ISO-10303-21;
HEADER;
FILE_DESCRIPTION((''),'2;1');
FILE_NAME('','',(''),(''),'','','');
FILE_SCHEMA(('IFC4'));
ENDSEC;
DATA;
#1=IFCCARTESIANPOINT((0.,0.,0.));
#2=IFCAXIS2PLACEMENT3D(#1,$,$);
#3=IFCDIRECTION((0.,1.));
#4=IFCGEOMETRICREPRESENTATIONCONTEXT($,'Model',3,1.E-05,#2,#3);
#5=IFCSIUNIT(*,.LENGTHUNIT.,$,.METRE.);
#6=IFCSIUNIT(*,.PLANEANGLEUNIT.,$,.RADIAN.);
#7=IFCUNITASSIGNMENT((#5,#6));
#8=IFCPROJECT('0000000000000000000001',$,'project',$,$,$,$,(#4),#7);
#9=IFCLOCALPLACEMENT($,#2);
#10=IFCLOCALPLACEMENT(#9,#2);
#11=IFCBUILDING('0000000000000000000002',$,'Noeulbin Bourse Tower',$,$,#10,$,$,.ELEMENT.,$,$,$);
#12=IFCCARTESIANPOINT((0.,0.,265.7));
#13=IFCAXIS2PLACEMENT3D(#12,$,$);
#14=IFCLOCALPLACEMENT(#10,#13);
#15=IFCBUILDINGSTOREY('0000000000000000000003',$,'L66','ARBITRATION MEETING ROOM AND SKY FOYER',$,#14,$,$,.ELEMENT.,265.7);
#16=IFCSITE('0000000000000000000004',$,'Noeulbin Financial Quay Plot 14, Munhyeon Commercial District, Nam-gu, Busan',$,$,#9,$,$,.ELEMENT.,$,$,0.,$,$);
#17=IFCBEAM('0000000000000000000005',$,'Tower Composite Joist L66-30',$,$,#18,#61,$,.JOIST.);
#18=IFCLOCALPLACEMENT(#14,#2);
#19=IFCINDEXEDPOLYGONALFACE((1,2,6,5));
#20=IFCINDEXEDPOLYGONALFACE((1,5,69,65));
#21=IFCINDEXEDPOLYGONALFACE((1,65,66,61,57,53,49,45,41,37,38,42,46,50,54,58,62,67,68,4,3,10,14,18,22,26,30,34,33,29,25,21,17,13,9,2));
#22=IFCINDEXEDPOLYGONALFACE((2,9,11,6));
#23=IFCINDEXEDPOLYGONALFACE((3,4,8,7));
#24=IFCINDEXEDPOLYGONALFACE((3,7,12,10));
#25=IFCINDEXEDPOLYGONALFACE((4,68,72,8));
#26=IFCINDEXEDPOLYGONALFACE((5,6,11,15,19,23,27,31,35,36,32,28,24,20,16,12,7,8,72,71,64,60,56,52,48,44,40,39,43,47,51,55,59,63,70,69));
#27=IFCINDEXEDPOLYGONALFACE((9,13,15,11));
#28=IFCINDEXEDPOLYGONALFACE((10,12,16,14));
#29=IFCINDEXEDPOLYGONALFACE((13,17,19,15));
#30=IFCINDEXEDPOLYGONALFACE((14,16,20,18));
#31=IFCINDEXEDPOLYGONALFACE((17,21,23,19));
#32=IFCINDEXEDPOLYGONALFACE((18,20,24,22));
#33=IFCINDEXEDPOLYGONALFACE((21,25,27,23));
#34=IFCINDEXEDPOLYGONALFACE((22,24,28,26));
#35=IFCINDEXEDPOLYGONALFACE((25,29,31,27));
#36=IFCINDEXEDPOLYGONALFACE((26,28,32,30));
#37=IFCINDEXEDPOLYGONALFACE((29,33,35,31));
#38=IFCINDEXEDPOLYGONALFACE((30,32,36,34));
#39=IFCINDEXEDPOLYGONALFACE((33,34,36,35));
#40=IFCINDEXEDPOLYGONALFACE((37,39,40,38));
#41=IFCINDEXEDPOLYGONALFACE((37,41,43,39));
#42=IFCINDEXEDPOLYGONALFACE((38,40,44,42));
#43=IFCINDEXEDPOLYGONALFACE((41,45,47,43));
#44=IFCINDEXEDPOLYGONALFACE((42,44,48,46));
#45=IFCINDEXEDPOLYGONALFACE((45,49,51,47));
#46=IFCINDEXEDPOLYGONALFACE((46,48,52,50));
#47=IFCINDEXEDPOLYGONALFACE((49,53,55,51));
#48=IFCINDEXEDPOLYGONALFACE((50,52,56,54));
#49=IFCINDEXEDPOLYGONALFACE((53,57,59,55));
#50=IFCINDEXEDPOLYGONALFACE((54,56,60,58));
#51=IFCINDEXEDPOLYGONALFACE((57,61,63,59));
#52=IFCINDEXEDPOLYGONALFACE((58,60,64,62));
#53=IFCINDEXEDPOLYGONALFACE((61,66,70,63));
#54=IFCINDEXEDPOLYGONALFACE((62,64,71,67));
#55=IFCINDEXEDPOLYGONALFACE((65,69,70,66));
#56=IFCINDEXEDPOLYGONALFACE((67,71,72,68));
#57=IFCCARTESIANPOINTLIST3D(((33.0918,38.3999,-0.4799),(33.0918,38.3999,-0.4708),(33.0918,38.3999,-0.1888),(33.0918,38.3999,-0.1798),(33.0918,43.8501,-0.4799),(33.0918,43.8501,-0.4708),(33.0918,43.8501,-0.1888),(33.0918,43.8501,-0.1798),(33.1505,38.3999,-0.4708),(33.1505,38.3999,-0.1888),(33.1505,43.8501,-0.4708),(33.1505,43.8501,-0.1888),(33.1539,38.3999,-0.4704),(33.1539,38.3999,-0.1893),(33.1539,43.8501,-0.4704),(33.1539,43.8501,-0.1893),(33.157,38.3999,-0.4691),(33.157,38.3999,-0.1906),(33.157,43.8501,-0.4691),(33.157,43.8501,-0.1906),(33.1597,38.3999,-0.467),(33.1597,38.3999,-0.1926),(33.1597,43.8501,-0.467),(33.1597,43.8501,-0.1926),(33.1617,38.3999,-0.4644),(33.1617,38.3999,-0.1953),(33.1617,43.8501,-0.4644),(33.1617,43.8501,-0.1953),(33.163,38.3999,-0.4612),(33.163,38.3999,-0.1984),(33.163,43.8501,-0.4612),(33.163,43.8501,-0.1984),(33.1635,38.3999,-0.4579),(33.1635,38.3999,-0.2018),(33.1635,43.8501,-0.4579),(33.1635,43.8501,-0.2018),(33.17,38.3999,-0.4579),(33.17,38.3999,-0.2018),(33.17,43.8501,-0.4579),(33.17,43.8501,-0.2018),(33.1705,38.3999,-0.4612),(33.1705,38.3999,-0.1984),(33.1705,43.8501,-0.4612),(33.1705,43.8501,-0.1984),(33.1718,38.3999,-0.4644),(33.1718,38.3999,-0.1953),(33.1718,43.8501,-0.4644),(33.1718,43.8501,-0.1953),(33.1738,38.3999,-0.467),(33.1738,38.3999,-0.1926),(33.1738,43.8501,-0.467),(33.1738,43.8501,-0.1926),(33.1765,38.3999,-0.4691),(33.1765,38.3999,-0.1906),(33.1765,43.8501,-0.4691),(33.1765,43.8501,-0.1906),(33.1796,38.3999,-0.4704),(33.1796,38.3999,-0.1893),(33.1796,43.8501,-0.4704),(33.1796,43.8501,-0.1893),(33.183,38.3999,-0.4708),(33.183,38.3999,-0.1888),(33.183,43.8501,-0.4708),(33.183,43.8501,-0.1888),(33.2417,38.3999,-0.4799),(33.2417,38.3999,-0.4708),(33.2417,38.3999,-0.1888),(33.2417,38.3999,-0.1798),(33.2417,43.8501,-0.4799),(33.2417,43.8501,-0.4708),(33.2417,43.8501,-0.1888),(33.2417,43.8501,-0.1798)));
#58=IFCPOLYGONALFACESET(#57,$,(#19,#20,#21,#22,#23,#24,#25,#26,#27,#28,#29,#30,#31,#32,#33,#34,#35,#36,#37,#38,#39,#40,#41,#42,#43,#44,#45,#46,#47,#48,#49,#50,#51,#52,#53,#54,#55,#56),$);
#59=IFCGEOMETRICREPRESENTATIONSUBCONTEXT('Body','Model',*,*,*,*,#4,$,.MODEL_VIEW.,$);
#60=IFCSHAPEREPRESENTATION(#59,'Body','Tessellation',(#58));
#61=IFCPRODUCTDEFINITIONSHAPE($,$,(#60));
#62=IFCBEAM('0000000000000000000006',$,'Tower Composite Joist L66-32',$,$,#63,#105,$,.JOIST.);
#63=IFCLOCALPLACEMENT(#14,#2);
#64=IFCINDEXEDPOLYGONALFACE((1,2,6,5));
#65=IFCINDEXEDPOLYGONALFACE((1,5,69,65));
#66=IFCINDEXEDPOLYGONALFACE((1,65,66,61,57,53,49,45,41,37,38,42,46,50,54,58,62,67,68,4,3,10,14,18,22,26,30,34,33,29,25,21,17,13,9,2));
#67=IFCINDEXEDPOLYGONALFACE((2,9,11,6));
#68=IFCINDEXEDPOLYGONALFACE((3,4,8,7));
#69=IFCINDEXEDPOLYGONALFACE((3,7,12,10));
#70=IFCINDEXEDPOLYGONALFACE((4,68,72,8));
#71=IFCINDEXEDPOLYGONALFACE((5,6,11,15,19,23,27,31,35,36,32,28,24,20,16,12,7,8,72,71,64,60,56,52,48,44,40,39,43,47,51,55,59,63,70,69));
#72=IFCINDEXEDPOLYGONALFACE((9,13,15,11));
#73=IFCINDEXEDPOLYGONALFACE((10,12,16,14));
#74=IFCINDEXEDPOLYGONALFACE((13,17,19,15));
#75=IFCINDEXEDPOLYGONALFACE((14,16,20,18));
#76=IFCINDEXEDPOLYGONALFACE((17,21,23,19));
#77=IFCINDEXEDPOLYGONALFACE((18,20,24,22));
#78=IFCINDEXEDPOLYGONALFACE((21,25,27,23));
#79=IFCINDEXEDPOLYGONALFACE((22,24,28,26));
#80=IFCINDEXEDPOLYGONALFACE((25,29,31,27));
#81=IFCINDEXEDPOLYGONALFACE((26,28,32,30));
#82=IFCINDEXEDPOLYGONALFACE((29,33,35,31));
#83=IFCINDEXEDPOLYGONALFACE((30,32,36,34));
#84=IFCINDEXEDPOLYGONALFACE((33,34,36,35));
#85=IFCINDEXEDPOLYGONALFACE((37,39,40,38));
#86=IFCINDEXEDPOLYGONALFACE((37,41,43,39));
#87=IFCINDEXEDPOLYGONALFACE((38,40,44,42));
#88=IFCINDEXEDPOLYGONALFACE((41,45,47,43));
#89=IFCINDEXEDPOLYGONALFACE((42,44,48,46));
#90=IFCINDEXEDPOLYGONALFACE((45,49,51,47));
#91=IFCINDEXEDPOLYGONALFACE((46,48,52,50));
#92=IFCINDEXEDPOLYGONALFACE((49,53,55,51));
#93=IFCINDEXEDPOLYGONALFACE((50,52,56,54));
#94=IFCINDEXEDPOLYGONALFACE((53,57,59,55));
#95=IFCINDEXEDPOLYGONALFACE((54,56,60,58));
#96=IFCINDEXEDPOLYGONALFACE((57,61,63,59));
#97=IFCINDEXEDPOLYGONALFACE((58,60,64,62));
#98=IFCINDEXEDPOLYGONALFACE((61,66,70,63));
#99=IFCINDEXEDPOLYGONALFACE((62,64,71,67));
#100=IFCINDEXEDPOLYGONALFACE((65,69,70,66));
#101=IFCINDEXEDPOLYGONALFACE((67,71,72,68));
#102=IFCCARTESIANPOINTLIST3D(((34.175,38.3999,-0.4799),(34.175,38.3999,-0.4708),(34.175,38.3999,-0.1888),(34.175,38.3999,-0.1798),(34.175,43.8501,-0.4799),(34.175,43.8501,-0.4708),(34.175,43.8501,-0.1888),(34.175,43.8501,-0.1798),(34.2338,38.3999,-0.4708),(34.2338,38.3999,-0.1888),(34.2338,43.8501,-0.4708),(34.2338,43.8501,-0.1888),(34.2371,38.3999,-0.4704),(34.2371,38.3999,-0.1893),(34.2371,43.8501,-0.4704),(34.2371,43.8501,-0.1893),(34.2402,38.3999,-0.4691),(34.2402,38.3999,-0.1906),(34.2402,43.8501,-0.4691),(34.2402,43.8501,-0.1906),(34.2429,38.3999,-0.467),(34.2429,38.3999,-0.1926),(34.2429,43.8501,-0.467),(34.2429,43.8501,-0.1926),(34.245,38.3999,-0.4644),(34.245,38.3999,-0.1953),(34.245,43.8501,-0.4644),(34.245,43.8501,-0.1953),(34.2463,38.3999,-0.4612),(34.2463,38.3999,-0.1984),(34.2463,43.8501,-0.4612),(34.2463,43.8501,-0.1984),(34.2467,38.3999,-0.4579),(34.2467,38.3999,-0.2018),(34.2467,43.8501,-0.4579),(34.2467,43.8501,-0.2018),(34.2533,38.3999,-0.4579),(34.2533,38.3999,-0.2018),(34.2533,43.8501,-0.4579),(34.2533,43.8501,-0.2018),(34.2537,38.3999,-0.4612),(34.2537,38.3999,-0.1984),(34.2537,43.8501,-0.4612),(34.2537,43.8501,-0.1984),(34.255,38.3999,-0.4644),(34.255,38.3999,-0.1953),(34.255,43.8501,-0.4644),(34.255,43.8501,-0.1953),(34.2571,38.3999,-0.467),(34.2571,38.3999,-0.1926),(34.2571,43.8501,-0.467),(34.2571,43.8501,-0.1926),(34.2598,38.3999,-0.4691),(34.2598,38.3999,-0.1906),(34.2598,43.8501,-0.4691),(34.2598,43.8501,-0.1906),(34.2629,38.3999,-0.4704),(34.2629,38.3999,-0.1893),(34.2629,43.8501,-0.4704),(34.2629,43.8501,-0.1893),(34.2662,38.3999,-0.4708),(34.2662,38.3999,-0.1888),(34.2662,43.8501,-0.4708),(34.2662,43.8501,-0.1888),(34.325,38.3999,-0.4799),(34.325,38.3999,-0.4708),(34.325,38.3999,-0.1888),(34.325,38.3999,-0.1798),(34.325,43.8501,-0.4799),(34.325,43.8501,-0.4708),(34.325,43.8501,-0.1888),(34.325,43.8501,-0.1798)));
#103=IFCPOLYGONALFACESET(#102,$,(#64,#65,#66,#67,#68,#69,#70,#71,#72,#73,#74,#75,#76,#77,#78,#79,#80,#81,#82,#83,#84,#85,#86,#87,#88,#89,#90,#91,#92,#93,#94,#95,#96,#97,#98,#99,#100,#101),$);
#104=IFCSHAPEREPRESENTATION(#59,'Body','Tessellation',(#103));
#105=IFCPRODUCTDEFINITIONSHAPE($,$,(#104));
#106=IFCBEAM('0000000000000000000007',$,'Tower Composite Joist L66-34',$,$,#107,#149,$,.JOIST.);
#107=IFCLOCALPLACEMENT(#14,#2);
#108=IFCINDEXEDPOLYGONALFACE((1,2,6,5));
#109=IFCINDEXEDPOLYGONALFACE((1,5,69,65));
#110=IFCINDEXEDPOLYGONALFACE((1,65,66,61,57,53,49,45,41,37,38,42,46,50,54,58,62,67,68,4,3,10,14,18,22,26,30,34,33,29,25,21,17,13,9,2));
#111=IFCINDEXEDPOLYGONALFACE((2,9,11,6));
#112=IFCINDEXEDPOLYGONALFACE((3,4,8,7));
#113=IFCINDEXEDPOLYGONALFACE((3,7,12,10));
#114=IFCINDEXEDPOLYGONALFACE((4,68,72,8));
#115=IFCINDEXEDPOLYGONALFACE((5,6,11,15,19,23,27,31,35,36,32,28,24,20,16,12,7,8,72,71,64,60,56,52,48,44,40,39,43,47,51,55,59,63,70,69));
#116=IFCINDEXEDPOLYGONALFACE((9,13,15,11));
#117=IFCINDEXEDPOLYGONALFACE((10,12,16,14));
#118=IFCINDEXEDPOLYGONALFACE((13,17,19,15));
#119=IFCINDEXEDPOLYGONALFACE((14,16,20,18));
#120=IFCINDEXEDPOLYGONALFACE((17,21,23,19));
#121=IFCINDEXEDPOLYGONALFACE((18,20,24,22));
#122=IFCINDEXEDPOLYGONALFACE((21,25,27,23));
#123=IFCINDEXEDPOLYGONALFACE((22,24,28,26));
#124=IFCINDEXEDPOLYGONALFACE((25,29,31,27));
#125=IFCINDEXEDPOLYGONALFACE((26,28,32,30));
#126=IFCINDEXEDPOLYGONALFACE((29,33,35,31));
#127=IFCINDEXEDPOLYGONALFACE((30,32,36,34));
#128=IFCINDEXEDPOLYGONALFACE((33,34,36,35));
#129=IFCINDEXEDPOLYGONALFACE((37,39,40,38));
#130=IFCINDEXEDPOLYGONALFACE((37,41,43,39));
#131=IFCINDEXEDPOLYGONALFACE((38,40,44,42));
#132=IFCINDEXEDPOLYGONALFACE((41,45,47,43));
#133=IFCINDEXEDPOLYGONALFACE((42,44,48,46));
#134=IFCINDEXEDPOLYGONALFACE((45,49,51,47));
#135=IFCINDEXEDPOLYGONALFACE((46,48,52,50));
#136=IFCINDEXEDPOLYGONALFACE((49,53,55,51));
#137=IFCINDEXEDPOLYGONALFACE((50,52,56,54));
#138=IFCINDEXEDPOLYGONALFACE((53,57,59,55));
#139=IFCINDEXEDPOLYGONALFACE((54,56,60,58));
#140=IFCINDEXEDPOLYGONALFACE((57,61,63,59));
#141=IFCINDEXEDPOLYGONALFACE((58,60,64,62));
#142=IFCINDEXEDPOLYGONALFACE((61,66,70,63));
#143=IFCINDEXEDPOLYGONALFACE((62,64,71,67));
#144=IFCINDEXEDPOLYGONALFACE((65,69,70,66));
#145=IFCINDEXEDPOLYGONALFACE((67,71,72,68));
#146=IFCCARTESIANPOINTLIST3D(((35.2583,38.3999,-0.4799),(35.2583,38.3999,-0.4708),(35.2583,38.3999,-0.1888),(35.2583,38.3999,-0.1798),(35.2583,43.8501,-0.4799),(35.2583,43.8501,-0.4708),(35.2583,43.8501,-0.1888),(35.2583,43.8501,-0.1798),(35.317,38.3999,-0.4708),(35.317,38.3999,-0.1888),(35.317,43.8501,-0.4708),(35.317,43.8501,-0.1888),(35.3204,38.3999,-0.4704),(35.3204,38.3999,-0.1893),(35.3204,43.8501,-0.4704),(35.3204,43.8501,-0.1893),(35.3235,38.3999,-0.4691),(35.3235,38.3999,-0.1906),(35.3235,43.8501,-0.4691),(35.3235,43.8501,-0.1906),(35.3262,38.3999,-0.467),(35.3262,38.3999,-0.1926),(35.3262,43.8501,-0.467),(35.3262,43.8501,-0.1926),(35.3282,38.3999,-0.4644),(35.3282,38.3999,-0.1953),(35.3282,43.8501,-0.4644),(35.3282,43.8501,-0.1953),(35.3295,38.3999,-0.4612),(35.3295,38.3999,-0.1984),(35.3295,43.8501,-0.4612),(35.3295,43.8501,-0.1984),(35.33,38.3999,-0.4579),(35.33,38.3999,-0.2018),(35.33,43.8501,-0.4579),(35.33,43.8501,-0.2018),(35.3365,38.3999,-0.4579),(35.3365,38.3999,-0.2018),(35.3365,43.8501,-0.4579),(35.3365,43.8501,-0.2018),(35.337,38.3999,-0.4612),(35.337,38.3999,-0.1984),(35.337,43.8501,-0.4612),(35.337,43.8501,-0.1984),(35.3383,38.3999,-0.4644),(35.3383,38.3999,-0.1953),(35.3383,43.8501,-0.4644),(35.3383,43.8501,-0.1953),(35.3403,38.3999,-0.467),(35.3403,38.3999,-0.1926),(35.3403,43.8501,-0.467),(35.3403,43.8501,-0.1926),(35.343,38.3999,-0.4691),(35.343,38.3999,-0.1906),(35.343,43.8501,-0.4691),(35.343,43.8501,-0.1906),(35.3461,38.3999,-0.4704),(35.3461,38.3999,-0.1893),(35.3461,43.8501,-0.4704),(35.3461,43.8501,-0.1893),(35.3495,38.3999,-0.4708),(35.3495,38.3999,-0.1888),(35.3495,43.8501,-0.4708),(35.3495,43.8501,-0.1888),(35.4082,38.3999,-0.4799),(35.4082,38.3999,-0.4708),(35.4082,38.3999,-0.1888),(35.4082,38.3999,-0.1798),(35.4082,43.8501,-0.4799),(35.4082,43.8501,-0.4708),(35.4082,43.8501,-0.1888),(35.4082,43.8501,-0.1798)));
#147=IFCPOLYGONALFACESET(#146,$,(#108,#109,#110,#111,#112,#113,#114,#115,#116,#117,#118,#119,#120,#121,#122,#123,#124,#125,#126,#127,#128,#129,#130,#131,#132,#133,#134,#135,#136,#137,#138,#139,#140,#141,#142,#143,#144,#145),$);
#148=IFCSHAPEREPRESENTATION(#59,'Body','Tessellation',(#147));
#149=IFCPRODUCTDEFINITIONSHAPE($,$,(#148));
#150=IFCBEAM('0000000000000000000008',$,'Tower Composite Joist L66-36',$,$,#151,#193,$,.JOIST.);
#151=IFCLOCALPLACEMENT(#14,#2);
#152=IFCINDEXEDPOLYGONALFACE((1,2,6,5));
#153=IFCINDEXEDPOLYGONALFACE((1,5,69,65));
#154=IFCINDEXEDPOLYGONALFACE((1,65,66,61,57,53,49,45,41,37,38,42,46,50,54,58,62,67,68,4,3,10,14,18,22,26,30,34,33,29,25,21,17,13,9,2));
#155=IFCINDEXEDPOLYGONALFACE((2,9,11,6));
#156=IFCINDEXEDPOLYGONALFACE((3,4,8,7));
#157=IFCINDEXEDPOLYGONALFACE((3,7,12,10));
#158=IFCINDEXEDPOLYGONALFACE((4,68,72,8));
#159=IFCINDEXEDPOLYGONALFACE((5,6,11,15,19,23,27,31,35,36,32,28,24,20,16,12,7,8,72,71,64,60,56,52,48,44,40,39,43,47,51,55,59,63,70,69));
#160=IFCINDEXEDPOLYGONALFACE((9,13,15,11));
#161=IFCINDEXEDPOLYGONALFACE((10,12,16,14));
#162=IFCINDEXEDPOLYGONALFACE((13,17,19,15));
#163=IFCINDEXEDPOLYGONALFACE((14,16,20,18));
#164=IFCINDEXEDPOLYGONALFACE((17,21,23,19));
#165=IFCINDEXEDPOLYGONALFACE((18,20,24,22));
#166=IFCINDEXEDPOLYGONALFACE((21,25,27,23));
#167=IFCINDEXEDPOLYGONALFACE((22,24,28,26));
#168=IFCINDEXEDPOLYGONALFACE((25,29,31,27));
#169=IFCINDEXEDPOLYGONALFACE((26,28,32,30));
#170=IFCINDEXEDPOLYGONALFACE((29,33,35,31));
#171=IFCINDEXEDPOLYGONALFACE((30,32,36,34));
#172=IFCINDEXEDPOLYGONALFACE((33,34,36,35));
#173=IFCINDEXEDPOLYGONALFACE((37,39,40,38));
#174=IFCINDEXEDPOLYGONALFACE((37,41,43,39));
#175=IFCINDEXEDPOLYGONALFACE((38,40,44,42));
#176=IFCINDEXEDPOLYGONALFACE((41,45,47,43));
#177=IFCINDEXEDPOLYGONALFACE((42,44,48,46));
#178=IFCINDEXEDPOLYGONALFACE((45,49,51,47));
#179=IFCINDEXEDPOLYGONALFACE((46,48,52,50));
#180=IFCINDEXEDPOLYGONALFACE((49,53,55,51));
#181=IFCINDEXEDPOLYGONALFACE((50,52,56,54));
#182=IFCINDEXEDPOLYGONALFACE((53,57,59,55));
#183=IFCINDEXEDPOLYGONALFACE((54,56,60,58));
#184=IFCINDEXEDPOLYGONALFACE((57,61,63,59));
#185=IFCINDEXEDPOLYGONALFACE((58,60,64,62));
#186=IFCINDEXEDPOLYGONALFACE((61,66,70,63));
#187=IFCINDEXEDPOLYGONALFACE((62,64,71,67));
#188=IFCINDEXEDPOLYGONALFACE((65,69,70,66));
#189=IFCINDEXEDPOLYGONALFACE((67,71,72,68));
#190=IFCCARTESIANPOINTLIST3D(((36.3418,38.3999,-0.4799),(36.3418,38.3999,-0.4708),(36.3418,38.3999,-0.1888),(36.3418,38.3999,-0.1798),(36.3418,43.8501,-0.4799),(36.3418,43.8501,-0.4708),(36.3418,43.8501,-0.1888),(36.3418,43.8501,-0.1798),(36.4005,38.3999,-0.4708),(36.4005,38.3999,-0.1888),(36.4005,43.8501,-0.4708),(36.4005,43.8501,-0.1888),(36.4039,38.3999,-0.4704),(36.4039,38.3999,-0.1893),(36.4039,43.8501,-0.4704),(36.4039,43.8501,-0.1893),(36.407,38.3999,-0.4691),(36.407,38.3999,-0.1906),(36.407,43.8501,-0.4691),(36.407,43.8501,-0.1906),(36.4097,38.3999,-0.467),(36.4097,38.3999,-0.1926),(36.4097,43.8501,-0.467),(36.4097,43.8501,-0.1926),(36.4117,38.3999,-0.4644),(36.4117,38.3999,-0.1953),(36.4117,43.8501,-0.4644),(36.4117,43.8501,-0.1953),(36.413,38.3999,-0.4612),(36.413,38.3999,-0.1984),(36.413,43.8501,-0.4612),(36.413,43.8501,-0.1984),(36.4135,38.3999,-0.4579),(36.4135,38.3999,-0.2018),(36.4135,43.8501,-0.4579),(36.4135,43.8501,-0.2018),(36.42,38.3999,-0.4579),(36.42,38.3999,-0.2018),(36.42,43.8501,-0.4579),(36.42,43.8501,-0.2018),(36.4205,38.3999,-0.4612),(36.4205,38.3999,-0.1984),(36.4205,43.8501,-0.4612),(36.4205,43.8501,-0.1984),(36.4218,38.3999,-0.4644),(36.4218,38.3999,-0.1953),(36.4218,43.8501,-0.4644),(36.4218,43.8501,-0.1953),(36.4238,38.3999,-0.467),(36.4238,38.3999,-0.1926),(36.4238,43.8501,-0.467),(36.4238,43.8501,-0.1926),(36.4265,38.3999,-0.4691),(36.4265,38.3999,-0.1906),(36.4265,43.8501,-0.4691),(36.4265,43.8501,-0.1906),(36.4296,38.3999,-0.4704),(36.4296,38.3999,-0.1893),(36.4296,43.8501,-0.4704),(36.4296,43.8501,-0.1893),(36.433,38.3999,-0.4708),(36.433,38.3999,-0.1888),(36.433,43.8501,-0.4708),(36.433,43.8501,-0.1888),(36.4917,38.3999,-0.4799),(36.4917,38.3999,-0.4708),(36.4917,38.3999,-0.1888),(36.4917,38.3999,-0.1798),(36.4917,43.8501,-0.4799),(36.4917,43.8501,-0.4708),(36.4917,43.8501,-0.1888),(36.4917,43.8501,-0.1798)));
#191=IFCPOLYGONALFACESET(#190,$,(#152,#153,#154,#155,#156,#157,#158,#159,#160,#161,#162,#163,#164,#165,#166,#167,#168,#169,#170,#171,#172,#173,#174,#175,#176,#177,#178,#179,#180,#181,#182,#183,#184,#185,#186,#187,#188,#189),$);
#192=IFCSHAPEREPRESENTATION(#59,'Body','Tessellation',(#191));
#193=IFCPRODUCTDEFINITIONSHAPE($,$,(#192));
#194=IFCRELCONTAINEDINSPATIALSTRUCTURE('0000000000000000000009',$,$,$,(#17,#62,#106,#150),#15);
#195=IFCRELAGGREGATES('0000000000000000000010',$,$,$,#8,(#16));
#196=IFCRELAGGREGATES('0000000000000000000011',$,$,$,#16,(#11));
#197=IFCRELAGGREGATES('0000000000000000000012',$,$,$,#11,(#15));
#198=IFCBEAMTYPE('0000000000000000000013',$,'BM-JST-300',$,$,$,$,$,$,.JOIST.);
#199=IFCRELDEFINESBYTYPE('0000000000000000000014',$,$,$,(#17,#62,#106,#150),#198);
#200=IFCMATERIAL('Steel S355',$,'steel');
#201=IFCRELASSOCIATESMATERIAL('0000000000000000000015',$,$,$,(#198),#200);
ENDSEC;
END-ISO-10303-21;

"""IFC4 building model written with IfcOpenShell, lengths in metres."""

from ifc_helpers import new_model, si_unit, direction, frame, origin, origin_2d, place, context, subcontext, project, spatial, i_section, extrude, material, material_profile, profile_set, type_object, element, save


model = new_model("IFC4")

# Units and contexts
model_context = context("Model", 3, precision=1e-05, world=origin(), true_north=direction((0.0, 1.0)))
body_context = subcontext(model_context, "Body", "Model", "MODEL_VIEW")
ifc_project = project(units=[si_unit("LENGTHUNIT", "METRE"), si_unit("PLANEANGLEUNIT", "RADIAN")], contexts=[model_context])

# Site, building, storey
site_placement = place(None, origin())
site = spatial("IfcSite", under=ifc_project, at=site_placement, Name="Noeulbin Financial Quay Plot 14, Munhyeon Commercial District, Nam-gu, Busan", CompositionType="ELEMENT", RefElevation=0.0)
building_placement = place(site_placement, origin())
building = spatial("IfcBuilding", under=site, at=building_placement, Name="Noeulbin Bourse Tower", CompositionType="ELEMENT")
storey_placement = place(building_placement, frame((0.0, 0.0, 265.7)))
storey = spatial("IfcBuildingStorey", under=building, at=storey_placement, Name="L66", Description="ARBITRATION MEETING ROOM AND SKY FOYER", CompositionType="ELEMENT", Elevation=265.7)

# Shared definitions
ifc_material_1 = material(Name="Steel S355", Category="steel")

# Beams
ifc_material_profile_1 = material_profile(ifc_material_1, i_section(OverallWidth=0.1499, OverallDepth=0.3, WebThickness=0.0066, FlangeThickness=0.009, FilletRadius=0.0129, at=origin_2d()), Name="H-300x150x6.5x9", Category="LoadBearing")
ifc_profile_set_1 = profile_set([ifc_material_profile_1], Name="Steel S355")
beam_type_1 = type_object("IfcBeamType", Name="BM-JST-300", PredefinedType="JOIST", material=ifc_profile_set_1)
for number, where, z_axis, x_axis, name in (
    (1, (33.1667, 38.3999, -0.3298), (0.0, 1.0, 0.0), (-1.0, 0.0, 0.0), "Tower Composite Joist L66-30"),
    (2, (34.25, 38.3999, -0.3298), (0.0, 1.0, 0.0), (-1.0, 0.0, 0.0), "Tower Composite Joist L66-32"),
    (3, (35.3333, 38.3999, -0.3298), (0.0, 1.0, 0.0), (-1.0, 0.0, 0.0), "Tower Composite Joist L66-34"),
    (4, (36.4167, 38.3999, -0.3298), (0.0, 1.0, 0.0), (-1.0, 0.0, 0.0), "Tower Composite Joist L66-36"),
):
    element("IfcBeam", number, at=place(storey_placement, frame(where, z_axis=z_axis, x_axis=x_axis)), inside=storey, type_object=beam_type_1, Name=name, PredefinedType="JOIST", context=body_context, shape_type="SweptSolid", body=[
        extrude(i_section(OverallWidth=0.1499, OverallDepth=0.3, WebThickness=0.0066, FlangeThickness=0.009, FilletRadius=0.0129, at=origin_2d()), origin(), (0.0, 0.0, 1.0), 5.4502),
    ])

save(model, "model.ifc")
